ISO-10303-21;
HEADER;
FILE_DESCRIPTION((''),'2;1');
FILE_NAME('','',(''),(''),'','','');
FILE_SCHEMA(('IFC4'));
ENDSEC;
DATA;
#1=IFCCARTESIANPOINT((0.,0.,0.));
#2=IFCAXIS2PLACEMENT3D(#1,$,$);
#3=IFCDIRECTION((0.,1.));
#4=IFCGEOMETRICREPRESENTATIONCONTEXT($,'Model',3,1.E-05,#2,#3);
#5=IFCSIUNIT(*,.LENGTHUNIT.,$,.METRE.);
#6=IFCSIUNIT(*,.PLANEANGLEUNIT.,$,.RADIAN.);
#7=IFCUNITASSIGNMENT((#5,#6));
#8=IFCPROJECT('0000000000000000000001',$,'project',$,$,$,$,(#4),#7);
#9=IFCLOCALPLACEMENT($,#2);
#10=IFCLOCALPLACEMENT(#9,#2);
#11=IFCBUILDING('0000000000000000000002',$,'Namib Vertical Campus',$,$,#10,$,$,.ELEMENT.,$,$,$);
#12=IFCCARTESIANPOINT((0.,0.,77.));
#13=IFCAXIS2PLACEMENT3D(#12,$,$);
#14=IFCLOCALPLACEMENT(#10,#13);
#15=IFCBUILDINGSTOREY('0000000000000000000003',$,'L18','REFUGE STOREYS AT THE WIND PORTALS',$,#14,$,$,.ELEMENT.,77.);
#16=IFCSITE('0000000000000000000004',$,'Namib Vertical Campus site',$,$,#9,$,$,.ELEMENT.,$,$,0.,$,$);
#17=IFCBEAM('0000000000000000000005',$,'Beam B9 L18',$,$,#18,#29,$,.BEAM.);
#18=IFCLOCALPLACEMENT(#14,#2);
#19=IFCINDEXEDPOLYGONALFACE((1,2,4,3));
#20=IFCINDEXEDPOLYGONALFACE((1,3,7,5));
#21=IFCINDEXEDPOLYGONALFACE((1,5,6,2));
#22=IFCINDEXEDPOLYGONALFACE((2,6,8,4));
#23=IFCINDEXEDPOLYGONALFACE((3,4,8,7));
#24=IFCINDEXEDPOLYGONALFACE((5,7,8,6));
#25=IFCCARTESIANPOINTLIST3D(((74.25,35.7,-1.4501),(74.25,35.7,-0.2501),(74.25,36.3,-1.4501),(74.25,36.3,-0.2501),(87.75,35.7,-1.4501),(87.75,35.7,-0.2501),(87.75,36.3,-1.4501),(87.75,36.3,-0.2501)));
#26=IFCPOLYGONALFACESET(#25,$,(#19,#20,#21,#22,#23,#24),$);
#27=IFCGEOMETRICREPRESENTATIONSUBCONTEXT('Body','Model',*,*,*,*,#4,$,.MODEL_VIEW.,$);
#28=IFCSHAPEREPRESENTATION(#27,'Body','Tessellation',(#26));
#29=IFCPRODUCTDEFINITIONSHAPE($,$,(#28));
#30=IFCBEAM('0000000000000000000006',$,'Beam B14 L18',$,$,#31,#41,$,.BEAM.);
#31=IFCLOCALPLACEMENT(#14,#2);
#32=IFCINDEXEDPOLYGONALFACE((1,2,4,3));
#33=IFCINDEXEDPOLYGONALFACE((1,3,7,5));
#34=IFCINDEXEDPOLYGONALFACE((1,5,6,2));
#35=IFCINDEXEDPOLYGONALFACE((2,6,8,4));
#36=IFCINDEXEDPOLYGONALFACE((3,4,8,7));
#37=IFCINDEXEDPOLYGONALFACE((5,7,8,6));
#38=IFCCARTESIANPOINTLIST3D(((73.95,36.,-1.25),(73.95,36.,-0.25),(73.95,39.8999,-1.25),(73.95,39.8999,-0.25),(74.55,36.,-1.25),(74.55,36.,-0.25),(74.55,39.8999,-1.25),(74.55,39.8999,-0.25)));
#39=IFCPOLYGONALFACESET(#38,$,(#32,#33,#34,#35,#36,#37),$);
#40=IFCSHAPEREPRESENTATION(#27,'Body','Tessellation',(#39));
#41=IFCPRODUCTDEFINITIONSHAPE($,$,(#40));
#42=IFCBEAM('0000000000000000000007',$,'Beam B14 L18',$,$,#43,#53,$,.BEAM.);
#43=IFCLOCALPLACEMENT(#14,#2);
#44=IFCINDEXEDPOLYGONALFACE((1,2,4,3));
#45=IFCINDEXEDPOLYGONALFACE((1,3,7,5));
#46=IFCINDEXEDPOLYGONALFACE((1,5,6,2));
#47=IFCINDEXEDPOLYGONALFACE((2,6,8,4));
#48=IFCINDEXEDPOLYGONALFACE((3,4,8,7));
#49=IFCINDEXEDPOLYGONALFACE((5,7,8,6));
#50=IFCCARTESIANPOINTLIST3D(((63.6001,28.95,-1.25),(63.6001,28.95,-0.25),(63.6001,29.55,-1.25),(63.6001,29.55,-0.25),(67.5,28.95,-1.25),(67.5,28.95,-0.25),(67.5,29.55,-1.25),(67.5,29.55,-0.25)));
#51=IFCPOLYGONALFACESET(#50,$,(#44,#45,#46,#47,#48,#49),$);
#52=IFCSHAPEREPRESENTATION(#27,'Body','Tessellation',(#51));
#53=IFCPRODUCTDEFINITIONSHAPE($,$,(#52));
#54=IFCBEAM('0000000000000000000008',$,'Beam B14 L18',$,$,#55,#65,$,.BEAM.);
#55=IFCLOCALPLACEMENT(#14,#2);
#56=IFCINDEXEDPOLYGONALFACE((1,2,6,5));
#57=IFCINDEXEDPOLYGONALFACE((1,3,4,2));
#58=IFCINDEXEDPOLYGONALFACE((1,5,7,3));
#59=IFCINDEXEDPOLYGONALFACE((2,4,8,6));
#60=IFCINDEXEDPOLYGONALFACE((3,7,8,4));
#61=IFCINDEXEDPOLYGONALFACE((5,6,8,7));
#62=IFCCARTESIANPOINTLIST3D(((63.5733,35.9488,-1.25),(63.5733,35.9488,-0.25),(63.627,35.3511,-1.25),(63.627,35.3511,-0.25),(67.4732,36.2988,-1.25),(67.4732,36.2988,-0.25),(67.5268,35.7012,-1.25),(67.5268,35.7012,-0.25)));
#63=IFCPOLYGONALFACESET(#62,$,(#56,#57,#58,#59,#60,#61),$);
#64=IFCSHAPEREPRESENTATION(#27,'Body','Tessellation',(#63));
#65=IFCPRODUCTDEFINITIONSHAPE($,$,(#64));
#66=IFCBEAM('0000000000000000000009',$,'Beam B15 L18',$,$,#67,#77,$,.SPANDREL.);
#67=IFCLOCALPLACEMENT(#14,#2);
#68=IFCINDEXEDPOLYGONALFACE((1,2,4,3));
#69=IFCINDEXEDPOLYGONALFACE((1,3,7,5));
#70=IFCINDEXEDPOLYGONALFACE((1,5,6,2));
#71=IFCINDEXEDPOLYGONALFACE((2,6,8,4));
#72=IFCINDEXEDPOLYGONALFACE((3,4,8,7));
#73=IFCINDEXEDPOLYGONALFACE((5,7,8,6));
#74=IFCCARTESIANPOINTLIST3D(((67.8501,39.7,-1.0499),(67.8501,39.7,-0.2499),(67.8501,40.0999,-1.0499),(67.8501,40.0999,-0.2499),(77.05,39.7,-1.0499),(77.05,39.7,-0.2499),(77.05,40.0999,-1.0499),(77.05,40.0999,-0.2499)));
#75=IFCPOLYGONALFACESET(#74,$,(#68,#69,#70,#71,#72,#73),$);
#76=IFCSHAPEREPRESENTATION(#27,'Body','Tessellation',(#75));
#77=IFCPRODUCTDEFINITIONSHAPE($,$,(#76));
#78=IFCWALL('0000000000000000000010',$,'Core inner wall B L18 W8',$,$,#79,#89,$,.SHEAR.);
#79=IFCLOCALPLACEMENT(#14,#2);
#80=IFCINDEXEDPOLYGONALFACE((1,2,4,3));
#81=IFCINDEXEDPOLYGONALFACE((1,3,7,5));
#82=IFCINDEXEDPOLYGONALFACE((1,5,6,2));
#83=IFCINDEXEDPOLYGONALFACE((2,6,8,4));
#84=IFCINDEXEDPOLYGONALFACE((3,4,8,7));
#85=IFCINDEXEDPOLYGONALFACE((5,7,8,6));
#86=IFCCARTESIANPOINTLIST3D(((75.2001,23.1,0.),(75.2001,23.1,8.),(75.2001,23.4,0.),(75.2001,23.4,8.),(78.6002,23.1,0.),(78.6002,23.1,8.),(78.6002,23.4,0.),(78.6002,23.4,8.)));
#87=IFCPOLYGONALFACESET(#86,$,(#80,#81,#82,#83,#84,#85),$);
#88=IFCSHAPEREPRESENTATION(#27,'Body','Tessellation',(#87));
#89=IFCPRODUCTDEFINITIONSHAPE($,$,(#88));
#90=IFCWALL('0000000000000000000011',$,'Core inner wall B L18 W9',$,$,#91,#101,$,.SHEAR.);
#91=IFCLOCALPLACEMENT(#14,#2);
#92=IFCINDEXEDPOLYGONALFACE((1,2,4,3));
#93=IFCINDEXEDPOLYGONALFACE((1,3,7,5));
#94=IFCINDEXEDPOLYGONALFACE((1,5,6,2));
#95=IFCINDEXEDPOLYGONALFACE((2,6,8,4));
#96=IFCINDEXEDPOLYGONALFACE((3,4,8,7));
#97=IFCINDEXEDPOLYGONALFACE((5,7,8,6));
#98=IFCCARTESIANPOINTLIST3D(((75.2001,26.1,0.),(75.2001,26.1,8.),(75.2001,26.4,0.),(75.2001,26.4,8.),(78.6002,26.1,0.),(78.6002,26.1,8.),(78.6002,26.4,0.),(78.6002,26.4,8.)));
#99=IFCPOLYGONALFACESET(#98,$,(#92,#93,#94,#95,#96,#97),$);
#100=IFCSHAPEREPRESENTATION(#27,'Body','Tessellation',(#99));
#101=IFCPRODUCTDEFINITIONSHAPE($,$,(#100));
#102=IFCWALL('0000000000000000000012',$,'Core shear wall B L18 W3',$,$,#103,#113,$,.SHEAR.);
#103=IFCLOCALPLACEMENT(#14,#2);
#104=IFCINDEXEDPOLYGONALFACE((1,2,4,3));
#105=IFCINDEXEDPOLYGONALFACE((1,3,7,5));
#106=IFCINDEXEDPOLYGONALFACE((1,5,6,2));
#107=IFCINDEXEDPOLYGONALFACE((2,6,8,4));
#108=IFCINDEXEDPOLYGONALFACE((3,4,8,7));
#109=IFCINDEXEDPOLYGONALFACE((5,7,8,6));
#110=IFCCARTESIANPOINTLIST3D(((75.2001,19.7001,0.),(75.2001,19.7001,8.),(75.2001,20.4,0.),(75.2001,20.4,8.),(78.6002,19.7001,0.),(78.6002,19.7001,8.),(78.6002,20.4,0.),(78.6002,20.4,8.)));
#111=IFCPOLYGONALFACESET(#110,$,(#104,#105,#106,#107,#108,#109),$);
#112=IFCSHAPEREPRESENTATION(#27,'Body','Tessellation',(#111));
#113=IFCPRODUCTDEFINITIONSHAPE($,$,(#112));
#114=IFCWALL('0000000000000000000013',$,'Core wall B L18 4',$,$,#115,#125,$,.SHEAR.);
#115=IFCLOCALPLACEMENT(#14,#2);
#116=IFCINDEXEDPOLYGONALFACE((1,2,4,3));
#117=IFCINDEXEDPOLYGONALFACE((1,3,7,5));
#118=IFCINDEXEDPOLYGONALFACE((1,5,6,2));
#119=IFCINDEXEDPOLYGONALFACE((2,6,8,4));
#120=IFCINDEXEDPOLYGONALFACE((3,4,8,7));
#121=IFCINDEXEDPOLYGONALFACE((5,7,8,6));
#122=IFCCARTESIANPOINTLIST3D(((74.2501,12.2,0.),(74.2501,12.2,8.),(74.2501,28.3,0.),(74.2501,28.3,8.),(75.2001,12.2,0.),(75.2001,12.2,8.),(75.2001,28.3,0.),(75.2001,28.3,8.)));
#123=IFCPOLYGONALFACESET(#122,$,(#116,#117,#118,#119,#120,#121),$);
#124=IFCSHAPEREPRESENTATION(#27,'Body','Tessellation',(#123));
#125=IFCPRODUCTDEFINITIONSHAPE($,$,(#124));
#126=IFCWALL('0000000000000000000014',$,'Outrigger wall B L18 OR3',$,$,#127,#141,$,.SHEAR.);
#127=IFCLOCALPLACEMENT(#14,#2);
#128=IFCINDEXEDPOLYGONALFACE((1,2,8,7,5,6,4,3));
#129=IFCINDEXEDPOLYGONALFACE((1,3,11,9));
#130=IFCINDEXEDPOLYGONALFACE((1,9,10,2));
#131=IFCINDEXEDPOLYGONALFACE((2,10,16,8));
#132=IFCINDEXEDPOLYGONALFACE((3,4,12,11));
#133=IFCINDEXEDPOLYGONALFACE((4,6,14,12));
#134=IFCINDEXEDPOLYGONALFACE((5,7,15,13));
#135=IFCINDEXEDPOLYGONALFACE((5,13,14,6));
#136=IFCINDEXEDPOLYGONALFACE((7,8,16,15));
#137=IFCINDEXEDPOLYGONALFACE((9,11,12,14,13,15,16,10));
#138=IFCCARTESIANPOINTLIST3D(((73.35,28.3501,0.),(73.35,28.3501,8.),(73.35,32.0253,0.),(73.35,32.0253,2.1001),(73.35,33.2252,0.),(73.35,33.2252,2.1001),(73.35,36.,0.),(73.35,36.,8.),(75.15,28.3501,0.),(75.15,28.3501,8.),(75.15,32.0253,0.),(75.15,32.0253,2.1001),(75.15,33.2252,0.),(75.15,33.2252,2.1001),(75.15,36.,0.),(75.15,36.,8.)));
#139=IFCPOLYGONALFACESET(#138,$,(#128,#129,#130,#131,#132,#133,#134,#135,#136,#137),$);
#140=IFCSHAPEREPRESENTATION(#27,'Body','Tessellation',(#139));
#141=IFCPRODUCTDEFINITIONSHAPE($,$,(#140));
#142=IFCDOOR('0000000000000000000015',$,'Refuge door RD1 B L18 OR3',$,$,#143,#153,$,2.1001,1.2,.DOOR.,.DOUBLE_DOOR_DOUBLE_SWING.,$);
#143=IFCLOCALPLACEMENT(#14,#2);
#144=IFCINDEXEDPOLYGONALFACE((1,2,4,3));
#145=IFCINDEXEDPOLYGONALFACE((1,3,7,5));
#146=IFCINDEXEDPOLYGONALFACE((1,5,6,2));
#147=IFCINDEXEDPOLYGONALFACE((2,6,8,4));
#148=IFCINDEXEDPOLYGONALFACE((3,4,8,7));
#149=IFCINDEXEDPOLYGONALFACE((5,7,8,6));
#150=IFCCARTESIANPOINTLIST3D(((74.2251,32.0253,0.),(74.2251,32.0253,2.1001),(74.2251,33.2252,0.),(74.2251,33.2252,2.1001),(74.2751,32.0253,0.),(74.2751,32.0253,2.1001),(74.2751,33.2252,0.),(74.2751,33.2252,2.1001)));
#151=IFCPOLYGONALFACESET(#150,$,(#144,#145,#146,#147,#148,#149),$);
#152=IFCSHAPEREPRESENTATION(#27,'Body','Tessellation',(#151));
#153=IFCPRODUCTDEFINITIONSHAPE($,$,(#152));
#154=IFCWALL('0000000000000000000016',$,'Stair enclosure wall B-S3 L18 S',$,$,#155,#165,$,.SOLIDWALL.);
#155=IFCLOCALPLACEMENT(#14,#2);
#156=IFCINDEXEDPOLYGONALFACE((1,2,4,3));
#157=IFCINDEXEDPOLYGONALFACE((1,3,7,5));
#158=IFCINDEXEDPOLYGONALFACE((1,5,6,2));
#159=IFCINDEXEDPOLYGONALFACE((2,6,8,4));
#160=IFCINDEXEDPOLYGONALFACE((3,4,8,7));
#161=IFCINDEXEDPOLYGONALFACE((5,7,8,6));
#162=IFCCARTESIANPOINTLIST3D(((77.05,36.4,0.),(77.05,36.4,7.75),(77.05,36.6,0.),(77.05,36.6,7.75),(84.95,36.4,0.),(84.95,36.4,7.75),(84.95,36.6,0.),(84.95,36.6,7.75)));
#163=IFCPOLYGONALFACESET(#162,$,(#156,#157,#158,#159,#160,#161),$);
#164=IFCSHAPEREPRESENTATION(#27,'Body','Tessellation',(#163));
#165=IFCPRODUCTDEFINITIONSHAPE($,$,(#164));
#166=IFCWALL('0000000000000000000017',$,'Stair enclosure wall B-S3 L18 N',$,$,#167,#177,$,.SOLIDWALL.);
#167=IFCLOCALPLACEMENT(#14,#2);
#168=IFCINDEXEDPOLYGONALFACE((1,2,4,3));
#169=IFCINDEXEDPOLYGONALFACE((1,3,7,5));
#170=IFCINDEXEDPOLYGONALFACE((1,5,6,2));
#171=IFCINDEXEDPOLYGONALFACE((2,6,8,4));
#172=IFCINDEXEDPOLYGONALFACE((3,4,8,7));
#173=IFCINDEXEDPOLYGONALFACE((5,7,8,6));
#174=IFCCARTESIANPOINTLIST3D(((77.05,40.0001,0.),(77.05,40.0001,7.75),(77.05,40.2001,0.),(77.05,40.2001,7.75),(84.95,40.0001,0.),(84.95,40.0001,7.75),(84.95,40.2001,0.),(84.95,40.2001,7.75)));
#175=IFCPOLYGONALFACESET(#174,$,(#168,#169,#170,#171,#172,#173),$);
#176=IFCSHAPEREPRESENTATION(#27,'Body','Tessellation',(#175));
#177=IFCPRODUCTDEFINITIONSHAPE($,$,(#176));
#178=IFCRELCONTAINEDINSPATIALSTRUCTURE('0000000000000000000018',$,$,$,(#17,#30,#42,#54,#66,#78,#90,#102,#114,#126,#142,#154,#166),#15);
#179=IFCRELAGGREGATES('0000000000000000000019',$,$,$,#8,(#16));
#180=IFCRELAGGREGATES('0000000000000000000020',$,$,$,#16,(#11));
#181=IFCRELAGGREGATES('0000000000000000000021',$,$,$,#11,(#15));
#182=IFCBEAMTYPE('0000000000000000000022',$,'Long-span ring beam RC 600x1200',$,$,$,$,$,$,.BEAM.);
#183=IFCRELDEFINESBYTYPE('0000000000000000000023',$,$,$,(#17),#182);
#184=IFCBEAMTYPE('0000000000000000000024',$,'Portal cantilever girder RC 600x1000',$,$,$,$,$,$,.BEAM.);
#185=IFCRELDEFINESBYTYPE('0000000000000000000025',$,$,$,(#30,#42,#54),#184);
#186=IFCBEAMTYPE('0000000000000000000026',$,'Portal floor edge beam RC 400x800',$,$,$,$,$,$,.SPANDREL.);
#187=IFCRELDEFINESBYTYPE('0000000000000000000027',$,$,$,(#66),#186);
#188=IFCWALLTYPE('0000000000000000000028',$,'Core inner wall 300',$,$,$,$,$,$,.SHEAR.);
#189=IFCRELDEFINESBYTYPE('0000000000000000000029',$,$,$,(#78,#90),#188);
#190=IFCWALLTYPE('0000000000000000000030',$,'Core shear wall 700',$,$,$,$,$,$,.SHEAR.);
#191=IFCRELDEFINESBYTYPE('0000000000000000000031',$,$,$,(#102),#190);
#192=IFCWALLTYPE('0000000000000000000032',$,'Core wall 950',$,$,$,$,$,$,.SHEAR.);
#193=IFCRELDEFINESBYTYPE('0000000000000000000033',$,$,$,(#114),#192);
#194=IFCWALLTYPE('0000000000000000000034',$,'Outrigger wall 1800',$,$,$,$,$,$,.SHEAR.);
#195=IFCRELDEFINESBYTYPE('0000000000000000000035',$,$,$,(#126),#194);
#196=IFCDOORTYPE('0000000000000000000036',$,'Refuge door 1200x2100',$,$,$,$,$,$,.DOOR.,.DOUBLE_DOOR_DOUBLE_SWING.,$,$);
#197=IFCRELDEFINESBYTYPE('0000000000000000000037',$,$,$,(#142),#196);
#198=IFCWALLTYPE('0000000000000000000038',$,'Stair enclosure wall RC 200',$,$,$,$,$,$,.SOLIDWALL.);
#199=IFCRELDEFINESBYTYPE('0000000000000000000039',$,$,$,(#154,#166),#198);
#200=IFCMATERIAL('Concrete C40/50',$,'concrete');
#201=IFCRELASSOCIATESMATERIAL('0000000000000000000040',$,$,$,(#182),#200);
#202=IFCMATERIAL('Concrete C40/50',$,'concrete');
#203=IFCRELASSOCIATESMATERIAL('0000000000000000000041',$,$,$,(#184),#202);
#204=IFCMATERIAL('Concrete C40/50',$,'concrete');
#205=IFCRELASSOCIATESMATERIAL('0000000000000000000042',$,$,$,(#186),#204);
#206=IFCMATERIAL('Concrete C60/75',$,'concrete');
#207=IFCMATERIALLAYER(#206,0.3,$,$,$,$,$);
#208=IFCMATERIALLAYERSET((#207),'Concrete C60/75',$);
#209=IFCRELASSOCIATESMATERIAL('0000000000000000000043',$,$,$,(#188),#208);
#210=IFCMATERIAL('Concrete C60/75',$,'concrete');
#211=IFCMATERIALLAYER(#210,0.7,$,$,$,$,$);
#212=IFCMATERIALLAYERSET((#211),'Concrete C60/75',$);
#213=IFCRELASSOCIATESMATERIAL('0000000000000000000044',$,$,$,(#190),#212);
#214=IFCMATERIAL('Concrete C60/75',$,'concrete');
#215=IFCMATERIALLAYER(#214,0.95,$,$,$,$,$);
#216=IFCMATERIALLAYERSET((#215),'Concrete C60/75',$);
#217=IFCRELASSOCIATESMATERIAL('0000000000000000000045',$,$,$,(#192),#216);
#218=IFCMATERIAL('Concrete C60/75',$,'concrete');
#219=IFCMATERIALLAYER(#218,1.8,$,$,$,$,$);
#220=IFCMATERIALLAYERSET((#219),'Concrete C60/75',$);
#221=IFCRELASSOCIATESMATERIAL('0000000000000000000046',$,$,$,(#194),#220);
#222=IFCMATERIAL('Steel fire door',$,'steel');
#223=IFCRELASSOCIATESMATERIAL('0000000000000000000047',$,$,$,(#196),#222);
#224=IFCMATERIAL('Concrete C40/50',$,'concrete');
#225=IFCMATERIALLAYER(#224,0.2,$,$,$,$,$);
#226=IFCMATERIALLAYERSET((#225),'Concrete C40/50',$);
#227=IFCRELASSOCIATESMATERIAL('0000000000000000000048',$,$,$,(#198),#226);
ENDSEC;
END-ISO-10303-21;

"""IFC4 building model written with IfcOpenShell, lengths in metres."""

from ifc_helpers import new_model, si_unit, direction, frame, frame_2d, origin, origin_2d, place, context, subcontext, project, spatial, rectangle, extrude, material, layer, layer_set, material_profile, profile_set, type_object, element, fill, save


model = new_model("IFC4")

# Units and contexts
model_context = context("Model", 3, precision=1e-05, world=origin(), true_north=direction((0.0, 1.0)))
body_context = subcontext(model_context, "Body", "Model", "MODEL_VIEW")
ifc_project = project(units=[si_unit("LENGTHUNIT", "METRE"), si_unit("PLANEANGLEUNIT", "RADIAN")], contexts=[model_context])

# Site, building, storey
site_placement = place(None, origin())
site = spatial("IfcSite", under=ifc_project, at=site_placement, Name="Namib Vertical Campus site", CompositionType="ELEMENT", RefElevation=0.0)
building_placement = place(site_placement, origin())
building = spatial("IfcBuilding", under=site, at=building_placement, Name="Namib Vertical Campus", CompositionType="ELEMENT")
storey_placement = place(building_placement, frame((0.0, 0.0, 77.0)))
storey = spatial("IfcBuildingStorey", under=building, at=storey_placement, Name="L18", Description="REFUGE STOREYS AT THE WIND PORTALS", CompositionType="ELEMENT", Elevation=77.0)

# Beams
ifc_material_1 = material(Name="Concrete C40/50", Category="concrete")
ifc_material_profile_1 = material_profile(ifc_material_1, rectangle(XDim=0.6001, YDim=1.2, at=origin_2d()))
ifc_profile_set_1 = profile_set([ifc_material_profile_1], Name="Concrete C40/50")
beam_type_1 = type_object("IfcBeamType", Name="Long-span ring beam RC 600x1200", PredefinedType="BEAM", material=ifc_profile_set_1)
beam_1_placement = place(storey_placement, frame((74.25, 36.0, -0.8501), z_axis=(1.0, 0.0, 0.0), x_axis=(0.0, 1.0, 0.0)))
element("IfcBeam", 1, at=beam_1_placement, inside=storey, type_object=beam_type_1, Name="Beam B9 L18", PredefinedType="BEAM", context=body_context, shape_type="SweptSolid", body=[
    extrude(rectangle(XDim=0.6001, YDim=1.2, at=origin_2d()), origin(), (0.0, 0.0, 1.0), 13.5),
])
ifc_material_2 = material(Name="Concrete C40/50", Category="concrete")
ifc_material_profile_2 = material_profile(ifc_material_2, rectangle(XDim=0.6001, YDim=1.0, at=origin_2d()))
ifc_profile_set_2 = profile_set([ifc_material_profile_2], Name="Concrete C40/50")
beam_type_2 = type_object("IfcBeamType", Name="Portal cantilever girder RC 600x1000", PredefinedType="BEAM", material=ifc_profile_set_2)
for number, where, z_axis, x_axis, name in (
    (2, (74.25, 36.0, -0.75), (0.0, 1.0, 0.0), (-1.0, 0.0, 0.0), "Beam B14 L18"),
    (3, (67.5, 29.25, -0.75), (-1.0, 0.0, 0.0), (0.0, -1.0, 0.0), "Beam B14 L18"),
):
    element("IfcBeam", number, at=place(storey_placement, frame(where, z_axis=z_axis, x_axis=x_axis)), inside=storey, type_object=beam_type_2, Name=name, PredefinedType="BEAM", context=body_context, shape_type="SweptSolid", body=[
        extrude(rectangle(XDim=0.6001, YDim=1.0, at=origin_2d()), origin(), (0.0, 0.0, 1.0), 3.8999),
    ])
beam_2_placement = place(storey_placement, frame((67.5, 36.0, -0.75), z_axis=(-0.995995, -0.089411, 0.0), x_axis=(0.089411, -0.995995, 0.0)))
element("IfcBeam", 4, at=beam_2_placement, inside=storey, type_object=beam_type_2, Name="Beam B14 L18", PredefinedType="BEAM", context=body_context, shape_type="SweptSolid", body=[
    extrude(rectangle(XDim=0.6001, YDim=1.0, at=origin_2d()), origin(), (0.0, 0.0, 1.0), 3.9155),
])
ifc_material_3 = material(Name="Concrete C40/50", Category="concrete")
ifc_material_profile_3 = material_profile(ifc_material_3, rectangle(XDim=0.3999, YDim=0.8, at=origin_2d()))
ifc_profile_set_3 = profile_set([ifc_material_profile_3], Name="Concrete C40/50")
beam_type_3 = type_object("IfcBeamType", Name="Portal floor edge beam RC 400x800", PredefinedType="SPANDREL", material=ifc_profile_set_3)
beam_3_placement = place(storey_placement, frame((67.8501, 39.8999, -0.6499), z_axis=(1.0, 0.0, 0.0), x_axis=(0.0, 1.0, 0.0)))
element("IfcBeam", 5, at=beam_3_placement, inside=storey, type_object=beam_type_3, Name="Beam B15 L18", PredefinedType="SPANDREL", context=body_context, shape_type="SweptSolid", body=[
    extrude(rectangle(XDim=0.3999, YDim=0.8, at=origin_2d()), origin(), (0.0, 0.0, 1.0), 9.2),
])

# Walls
ifc_material_4 = material(Name="Concrete C60/75", Category="concrete")
ifc_layer_1 = layer(ifc_material_4, 0.3)
ifc_layer_set_1 = layer_set([ifc_layer_1], Name="Concrete C60/75")
wall_type_1 = type_object("IfcWallType", Name="Core inner wall 300", PredefinedType="SHEAR", material=ifc_layer_set_1)
for number, where, z_axis, x_axis, name in (
    (6, (75.2, 23.25, 0.0), (0.0, 0.0, 1.0), (1.0, 0.0, 0.0), "Core inner wall B L18 W8"),
    (7, (75.2, 26.25, 0.0), (0.0, 0.0, 1.0), (1.0, 0.0, 0.0), "Core inner wall B L18 W9"),
):
    element("IfcWall", number, at=place(storey_placement, frame(where, z_axis=z_axis, x_axis=x_axis)), inside=storey, type_object=wall_type_1, Name=name, PredefinedType="SHEAR", context=body_context, shape_type="SweptSolid", body=[
        extrude(rectangle(XDim=3.4001, YDim=0.3, at=frame_2d((1.7002, 0.0))), origin(), (0.0, 0.0, 1.0), 8.0),
    ])
ifc_material_5 = material(Name="Concrete C60/75", Category="concrete")
ifc_layer_2 = layer(ifc_material_5, 0.7)
ifc_layer_set_2 = layer_set([ifc_layer_2], Name="Concrete C60/75")
wall_type_2 = type_object("IfcWallType", Name="Core shear wall 700", PredefinedType="SHEAR", material=ifc_layer_set_2)
wall_1_placement = place(storey_placement, frame((75.2, 20.05, 0.0), z_axis=(0.0, 0.0, 1.0), x_axis=(1.0, 0.0, 0.0)))
element("IfcWall", 8, at=wall_1_placement, inside=storey, type_object=wall_type_2, Name="Core shear wall B L18 W3", PredefinedType="SHEAR", context=body_context, shape_type="SweptSolid", body=[
    extrude(rectangle(XDim=3.4001, YDim=0.7, at=frame_2d((1.7002, 0.0))), origin(), (0.0, 0.0, 1.0), 8.0),
])
ifc_material_6 = material(Name="Concrete C60/75", Category="concrete")
ifc_layer_3 = layer(ifc_material_6, 0.95)
ifc_layer_set_3 = layer_set([ifc_layer_3], Name="Concrete C60/75")
wall_type_3 = type_object("IfcWallType", Name="Core wall 950", PredefinedType="SHEAR", material=ifc_layer_set_3)
wall_2_placement = place(storey_placement, frame((74.7251, 28.3, 0.0), z_axis=(0.0, 0.0, 1.0), x_axis=(0.0, -1.0, 0.0)))
element("IfcWall", 9, at=wall_2_placement, inside=storey, type_object=wall_type_3, Name="Core wall B L18 4", PredefinedType="SHEAR", context=body_context, shape_type="SweptSolid", body=[
    extrude(rectangle(XDim=16.1001, YDim=0.95, at=frame_2d((8.05, 0.0))), origin(), (0.0, 0.0, 1.0), 8.0),
])

# Wall, opening, door
ifc_material_7 = material(Name="Concrete C60/75", Category="concrete")
ifc_layer_4 = layer(ifc_material_7, 1.8)
ifc_layer_set_4 = layer_set([ifc_layer_4], Name="Concrete C60/75")
wall_type_4 = type_object("IfcWallType", Name="Outrigger wall 1800", PredefinedType="SHEAR", material=ifc_layer_set_4)
wall_3_placement = place(storey_placement, frame((74.25, 28.3501, 0.0), z_axis=(0.0, 0.0, 1.0), x_axis=(0.0, 1.0, 0.0)))
wall_3 = element("IfcWall", 10, at=wall_3_placement, inside=storey, type_object=wall_type_4, Name="Outrigger wall B L18 OR3", PredefinedType="SHEAR", context=body_context, shape_type="SweptSolid", body=[
    extrude(rectangle(XDim=7.6499, YDim=1.8, at=frame_2d((3.825, 0.0))), origin(), (0.0, 0.0, 1.0), 8.0),
])
opening_placement = place(wall_3_placement, frame((3.675, 0.0, 0.0)))
opening = element("IfcOpeningElement", 11, at=opening_placement, cuts=wall_3, PredefinedType="OPENING", context=body_context, shape_type="SweptSolid", body=[
    extrude(rectangle(XDim=1.2, YDim=2.1001, at=frame_2d((0.6001, 1.05))), frame((0.0, 0.9099, 0.0), z_axis=(0.0, -1.0, 0.0), x_axis=(1.0, 0.0, 0.0)), (0.0, 0.0, 1.0), 1.8201),
])
ifc_material_8 = material(Name="Steel fire door", Category="steel")
door_type = type_object("IfcDoorType", Name="Refuge door 1200x2100", OperationType="DOUBLE_DOOR_DOUBLE_SWING", PredefinedType="DOOR", material=ifc_material_8)
door_placement = place(opening_placement, origin())
door = element("IfcDoor", 12, at=door_placement, inside=storey, type_object=door_type, Name="Refuge door RD1 B L18 OR3", OperationType="DOUBLE_DOOR_DOUBLE_SWING", OverallHeight=2.1001, OverallWidth=1.2, PredefinedType="DOOR", context=body_context, shape_type="SweptSolid", body=[
    extrude(rectangle(XDim=1.2, YDim=2.1001, at=frame_2d((0.6001, 1.05))), frame((0.0, 0.0249, 0.0), z_axis=(0.0, -1.0, 0.0), x_axis=(1.0, 0.0, 0.0)), (0.0, 0.0, 1.0), 0.05),
])
fill(opening, door)

# Walls
ifc_material_9 = material(Name="Concrete C40/50", Category="concrete")
ifc_layer_5 = layer(ifc_material_9, 0.2)
ifc_layer_set_5 = layer_set([ifc_layer_5], Name="Concrete C40/50")
wall_type_5 = type_object("IfcWallType", Name="Stair enclosure wall RC 200", PredefinedType="SOLIDWALL", material=ifc_layer_set_5)
for number, where, z_axis, x_axis, name in (
    (13, (77.05, 36.5, 0.0), (0.0, 0.0, 1.0), (1.0, 0.0, 0.0), "Stair enclosure wall B-S3 L18 S"),
    (14, (77.05, 40.1001, 0.0), (0.0, 0.0, 1.0), (1.0, 0.0, 0.0), "Stair enclosure wall B-S3 L18 N"),
):
    element("IfcWall", number, at=place(storey_placement, frame(where, z_axis=z_axis, x_axis=x_axis)), inside=storey, type_object=wall_type_5, Name=name, PredefinedType="SOLIDWALL", context=body_context, shape_type="SweptSolid", body=[
        extrude(rectangle(XDim=7.8999, YDim=0.2, at=frame_2d((3.95, 0.0))), origin(), (0.0, 0.0, 1.0), 7.75),
    ])

save(model, "model.ifc")
